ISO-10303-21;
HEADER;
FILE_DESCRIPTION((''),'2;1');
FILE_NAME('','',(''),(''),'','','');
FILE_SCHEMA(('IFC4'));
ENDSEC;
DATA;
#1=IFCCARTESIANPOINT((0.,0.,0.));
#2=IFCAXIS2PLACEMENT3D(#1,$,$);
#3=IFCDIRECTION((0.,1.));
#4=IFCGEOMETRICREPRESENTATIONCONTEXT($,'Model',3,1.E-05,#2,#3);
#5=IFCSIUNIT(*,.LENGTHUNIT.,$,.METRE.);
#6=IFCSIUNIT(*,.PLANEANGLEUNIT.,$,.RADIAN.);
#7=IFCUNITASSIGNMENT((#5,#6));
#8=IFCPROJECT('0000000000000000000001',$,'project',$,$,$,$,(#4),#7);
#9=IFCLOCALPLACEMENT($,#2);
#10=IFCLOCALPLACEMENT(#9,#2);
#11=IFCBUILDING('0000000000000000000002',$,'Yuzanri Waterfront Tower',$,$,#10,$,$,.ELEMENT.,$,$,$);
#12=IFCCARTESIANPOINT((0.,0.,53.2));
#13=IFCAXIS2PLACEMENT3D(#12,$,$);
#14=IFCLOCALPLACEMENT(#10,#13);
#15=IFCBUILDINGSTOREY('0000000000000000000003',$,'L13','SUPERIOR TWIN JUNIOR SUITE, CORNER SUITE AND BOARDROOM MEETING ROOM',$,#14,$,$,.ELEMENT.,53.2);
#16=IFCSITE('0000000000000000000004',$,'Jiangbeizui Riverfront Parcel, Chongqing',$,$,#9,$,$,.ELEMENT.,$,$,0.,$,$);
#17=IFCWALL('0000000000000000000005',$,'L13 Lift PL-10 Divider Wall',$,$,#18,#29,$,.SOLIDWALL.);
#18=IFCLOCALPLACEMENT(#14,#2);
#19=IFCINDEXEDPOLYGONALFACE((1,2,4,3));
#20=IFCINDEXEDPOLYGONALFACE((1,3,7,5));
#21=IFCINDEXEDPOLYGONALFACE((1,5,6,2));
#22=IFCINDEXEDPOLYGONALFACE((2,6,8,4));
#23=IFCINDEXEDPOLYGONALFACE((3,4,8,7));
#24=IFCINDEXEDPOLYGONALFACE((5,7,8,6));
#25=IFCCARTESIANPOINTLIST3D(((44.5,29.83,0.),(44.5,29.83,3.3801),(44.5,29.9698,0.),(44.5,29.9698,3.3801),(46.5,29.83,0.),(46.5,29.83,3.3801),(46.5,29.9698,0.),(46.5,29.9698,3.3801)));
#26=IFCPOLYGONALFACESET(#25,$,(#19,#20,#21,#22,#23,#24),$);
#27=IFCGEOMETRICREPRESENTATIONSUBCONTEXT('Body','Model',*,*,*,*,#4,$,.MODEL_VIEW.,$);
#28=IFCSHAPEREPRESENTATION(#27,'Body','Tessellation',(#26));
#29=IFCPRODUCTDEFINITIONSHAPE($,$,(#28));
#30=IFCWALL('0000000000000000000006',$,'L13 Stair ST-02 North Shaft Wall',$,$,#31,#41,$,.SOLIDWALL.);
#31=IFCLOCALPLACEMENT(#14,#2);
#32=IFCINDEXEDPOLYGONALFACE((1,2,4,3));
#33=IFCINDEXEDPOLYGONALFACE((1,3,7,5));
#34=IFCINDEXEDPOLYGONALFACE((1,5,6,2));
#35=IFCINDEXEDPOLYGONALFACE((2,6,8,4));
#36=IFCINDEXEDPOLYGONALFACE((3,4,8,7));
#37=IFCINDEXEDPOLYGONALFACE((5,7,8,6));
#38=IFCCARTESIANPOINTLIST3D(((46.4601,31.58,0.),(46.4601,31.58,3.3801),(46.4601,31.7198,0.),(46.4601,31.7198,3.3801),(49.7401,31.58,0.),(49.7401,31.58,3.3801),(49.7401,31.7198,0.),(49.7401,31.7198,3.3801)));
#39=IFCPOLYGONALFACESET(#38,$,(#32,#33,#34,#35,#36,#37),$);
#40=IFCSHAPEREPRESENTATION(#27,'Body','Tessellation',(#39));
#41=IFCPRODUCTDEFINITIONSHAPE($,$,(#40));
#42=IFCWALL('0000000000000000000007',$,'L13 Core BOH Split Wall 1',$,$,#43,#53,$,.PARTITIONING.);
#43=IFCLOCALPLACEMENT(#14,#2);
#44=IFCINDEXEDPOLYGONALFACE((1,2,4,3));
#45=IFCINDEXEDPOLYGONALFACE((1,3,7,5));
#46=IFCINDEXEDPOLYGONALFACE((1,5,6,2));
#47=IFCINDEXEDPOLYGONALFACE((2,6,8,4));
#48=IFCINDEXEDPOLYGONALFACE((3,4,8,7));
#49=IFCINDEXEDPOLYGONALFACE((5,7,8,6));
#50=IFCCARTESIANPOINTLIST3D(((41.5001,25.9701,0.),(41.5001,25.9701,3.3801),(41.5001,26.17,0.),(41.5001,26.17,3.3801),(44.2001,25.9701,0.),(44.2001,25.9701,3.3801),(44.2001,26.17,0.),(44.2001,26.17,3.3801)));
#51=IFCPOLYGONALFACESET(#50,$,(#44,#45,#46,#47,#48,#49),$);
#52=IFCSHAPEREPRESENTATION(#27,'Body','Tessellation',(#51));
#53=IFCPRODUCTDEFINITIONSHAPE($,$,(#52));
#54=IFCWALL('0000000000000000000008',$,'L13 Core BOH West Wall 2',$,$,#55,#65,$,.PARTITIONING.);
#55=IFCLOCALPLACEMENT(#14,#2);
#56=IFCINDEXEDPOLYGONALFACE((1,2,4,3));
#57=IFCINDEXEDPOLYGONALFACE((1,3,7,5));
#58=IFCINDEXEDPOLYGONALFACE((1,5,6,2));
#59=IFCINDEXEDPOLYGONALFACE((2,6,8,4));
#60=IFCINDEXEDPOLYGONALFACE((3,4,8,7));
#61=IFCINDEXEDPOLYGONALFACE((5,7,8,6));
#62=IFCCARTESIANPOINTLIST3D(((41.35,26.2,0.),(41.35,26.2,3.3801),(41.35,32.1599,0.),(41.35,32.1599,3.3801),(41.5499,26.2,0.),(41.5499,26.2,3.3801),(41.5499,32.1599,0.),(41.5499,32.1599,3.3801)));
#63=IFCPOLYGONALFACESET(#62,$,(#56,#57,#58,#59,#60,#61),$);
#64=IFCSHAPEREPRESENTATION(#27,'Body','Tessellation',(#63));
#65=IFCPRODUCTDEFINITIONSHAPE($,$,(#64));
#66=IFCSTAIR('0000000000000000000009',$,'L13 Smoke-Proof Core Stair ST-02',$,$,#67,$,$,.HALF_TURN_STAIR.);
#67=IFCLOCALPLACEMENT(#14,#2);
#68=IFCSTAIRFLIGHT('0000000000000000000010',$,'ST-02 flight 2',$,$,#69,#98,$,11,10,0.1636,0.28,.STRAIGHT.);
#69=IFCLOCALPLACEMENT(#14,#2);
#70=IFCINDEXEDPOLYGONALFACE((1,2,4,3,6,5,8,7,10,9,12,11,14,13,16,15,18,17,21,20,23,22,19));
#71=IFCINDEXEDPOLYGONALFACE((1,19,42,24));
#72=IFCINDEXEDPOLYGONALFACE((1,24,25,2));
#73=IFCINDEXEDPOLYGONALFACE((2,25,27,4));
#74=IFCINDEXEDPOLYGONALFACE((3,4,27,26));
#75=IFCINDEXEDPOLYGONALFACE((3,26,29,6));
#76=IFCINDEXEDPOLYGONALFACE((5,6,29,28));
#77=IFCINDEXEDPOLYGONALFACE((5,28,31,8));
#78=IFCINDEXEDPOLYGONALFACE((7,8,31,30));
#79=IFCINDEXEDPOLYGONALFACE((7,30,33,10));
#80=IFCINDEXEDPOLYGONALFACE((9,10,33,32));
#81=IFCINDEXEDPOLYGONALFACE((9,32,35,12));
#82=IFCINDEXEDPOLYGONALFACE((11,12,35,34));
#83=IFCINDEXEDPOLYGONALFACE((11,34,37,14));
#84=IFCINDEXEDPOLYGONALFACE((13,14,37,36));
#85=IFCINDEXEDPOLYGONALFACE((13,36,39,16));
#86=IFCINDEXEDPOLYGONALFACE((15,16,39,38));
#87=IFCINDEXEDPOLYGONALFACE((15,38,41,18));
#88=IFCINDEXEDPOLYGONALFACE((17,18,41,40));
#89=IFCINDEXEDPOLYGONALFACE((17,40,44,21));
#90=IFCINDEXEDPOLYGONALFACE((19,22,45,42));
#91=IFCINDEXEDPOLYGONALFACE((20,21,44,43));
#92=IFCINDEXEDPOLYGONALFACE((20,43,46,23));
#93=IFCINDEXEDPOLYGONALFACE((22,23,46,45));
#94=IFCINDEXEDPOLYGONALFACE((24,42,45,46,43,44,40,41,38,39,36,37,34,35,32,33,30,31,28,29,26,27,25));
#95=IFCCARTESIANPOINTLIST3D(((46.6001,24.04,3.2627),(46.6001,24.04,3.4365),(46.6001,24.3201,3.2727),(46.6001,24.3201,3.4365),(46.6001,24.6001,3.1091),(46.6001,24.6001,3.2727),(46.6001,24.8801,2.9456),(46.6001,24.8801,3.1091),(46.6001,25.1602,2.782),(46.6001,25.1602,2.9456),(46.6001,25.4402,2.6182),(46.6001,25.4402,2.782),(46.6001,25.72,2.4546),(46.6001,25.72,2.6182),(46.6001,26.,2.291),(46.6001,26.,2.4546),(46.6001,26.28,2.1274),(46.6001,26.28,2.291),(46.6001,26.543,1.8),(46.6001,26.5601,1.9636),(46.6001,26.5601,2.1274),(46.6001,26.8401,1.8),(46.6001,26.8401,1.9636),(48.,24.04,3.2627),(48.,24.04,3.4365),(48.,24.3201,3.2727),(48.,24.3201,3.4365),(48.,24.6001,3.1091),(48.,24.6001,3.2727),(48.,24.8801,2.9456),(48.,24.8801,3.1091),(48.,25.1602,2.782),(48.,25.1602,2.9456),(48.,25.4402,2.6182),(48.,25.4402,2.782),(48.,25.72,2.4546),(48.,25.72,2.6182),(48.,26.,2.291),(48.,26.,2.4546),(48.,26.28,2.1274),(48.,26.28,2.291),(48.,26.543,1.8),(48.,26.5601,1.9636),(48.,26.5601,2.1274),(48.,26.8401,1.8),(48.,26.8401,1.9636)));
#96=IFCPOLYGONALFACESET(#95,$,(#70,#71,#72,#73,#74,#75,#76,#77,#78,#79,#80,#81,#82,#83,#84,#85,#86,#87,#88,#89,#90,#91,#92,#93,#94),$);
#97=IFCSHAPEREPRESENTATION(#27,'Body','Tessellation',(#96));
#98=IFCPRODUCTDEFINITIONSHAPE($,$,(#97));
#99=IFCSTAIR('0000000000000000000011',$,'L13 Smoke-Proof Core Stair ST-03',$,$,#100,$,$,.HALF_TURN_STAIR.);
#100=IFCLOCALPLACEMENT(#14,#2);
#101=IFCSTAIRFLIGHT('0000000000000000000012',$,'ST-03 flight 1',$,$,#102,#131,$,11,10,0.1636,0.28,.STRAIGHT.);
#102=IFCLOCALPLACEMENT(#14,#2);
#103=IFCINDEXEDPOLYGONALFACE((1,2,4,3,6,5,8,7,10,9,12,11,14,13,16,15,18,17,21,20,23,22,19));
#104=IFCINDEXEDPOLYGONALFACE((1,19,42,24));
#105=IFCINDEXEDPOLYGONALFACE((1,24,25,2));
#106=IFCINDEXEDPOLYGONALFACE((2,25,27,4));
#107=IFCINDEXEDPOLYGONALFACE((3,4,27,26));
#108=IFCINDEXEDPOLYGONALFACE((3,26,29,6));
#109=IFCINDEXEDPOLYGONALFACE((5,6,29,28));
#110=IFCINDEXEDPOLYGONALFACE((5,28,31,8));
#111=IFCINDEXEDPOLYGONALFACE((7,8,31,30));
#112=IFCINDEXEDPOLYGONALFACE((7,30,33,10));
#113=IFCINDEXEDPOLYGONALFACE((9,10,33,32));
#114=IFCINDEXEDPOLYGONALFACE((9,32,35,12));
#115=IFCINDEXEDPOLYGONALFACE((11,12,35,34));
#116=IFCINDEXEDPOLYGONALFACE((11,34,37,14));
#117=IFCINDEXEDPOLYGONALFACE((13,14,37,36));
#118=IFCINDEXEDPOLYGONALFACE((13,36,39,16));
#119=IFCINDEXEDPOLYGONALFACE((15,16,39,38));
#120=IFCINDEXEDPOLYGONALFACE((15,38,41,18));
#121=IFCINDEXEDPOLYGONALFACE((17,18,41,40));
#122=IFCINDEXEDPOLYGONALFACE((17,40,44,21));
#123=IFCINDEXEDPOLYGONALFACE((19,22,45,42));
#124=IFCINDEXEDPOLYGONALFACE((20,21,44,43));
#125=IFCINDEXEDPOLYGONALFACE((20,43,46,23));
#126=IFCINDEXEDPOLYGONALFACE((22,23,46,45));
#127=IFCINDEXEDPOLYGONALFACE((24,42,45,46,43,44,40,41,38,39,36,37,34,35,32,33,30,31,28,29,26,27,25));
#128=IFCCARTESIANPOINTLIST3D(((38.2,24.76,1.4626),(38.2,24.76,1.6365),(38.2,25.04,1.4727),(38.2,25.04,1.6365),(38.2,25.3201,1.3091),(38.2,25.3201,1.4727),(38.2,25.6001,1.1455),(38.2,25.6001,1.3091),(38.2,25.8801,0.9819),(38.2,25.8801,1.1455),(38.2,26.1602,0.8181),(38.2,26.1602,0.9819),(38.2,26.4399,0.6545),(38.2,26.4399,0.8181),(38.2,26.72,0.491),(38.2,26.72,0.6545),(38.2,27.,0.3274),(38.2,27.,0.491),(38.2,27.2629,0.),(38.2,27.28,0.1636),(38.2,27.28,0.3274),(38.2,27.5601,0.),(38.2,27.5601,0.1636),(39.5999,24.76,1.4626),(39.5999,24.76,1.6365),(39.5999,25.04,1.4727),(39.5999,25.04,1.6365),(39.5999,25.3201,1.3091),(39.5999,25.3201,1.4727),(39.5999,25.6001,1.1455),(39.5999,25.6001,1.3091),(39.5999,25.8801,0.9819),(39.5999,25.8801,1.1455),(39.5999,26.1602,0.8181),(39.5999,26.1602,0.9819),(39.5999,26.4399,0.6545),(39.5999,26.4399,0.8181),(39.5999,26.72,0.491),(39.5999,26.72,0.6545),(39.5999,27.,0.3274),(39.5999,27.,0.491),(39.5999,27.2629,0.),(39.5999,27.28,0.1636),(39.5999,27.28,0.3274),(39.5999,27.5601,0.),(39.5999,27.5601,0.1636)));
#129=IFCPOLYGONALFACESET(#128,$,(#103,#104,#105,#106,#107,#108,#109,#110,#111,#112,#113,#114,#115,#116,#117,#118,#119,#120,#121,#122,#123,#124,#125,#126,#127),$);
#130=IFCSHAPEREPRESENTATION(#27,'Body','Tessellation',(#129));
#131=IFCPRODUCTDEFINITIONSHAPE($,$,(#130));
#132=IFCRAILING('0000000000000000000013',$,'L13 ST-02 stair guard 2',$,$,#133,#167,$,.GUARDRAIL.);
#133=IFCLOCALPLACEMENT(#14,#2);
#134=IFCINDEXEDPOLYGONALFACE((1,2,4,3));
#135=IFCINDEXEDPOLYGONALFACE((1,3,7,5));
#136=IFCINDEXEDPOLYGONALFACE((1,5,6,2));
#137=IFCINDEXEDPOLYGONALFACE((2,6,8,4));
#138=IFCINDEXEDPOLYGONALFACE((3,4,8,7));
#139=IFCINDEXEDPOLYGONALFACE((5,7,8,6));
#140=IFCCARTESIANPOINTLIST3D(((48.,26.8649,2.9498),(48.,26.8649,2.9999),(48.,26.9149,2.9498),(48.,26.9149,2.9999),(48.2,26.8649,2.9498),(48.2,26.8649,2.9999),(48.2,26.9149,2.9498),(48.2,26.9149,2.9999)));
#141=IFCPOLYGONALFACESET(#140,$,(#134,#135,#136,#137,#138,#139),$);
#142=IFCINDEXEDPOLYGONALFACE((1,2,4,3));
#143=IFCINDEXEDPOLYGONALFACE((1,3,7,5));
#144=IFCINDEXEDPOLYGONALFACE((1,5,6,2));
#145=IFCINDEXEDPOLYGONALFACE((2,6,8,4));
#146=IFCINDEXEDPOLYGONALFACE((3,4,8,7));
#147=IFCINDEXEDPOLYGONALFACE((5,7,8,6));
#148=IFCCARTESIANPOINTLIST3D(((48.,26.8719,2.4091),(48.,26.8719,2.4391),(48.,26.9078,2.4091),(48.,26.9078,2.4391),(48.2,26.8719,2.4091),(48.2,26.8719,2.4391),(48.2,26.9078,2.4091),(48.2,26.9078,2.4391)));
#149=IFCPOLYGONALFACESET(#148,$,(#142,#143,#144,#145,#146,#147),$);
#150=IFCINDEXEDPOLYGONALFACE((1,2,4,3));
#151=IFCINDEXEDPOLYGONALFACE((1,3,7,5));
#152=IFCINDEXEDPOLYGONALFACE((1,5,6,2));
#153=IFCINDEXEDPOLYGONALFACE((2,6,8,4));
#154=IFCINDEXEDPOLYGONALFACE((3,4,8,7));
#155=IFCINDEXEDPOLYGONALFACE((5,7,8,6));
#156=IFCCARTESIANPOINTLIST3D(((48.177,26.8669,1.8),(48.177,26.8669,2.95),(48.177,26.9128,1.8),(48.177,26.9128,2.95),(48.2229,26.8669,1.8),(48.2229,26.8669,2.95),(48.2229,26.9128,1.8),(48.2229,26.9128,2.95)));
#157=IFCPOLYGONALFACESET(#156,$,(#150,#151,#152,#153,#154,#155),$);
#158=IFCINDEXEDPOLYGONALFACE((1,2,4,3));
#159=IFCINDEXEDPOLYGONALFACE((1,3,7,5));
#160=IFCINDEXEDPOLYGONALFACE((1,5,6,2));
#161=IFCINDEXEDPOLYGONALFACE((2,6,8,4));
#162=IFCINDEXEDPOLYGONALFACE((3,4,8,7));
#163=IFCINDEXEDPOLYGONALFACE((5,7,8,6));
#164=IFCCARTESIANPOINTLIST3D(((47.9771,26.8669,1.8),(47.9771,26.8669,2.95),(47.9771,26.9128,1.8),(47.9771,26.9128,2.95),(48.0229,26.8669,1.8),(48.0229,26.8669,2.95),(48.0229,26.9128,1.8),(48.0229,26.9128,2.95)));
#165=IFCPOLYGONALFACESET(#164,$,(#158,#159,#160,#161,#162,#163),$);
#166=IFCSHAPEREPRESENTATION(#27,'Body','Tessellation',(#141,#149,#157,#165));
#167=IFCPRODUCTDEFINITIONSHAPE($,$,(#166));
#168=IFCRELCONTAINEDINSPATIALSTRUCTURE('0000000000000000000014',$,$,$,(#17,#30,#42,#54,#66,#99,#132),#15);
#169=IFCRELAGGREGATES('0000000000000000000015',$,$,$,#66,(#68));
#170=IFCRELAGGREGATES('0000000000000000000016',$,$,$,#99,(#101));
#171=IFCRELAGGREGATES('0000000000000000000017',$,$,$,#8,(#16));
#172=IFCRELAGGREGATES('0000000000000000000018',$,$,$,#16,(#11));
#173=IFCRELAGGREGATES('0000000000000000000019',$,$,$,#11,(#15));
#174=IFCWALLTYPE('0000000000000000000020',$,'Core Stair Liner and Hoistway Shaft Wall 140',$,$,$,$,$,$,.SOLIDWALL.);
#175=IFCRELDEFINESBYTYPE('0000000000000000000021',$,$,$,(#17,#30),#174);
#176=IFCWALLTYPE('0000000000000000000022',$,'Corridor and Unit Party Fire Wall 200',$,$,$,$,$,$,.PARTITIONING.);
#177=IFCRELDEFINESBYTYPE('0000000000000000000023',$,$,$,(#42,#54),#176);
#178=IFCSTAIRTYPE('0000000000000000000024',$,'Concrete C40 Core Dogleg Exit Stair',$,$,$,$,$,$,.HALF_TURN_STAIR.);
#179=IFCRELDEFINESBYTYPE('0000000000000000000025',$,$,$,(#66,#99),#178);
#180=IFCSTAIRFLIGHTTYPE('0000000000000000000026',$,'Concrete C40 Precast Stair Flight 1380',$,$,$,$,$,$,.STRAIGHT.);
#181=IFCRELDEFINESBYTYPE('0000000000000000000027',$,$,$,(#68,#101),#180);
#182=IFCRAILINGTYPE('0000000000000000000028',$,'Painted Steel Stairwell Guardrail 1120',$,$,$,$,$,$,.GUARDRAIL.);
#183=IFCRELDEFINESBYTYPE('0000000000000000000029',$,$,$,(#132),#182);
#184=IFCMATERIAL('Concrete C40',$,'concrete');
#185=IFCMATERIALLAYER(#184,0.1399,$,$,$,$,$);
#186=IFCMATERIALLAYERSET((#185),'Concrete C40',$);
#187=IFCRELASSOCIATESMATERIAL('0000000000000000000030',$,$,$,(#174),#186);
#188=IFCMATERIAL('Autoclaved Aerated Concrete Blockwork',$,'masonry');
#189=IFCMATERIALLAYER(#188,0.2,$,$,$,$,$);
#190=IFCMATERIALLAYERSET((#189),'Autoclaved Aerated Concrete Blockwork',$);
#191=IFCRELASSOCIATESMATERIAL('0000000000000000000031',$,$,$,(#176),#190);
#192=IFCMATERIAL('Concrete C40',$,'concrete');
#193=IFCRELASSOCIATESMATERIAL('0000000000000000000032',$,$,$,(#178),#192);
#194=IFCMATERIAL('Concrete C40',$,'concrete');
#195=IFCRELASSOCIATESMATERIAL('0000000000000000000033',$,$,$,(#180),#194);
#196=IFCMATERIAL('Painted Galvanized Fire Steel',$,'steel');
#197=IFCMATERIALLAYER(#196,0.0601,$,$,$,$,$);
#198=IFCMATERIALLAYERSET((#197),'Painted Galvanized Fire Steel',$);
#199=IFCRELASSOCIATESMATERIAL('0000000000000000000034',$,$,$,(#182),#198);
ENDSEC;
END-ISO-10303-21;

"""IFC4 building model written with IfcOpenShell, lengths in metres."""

from ifc_helpers import new_model, si_unit, direction, frame, frame_2d, origin, origin_2d, place, context, subcontext, project, spatial, polyline, rectangle, outline, extrude, source, transform, mapped, material, layer, layer_set, type_object, element, aggregate, save


model = new_model("IFC4")

# Units and contexts
model_context = context("Model", 3, precision=1e-05, world=origin(), true_north=direction((0.0, 1.0)))
body_context = subcontext(model_context, "Body", "Model", "MODEL_VIEW")
ifc_project = project(units=[si_unit("LENGTHUNIT", "METRE"), si_unit("PLANEANGLEUNIT", "RADIAN")], contexts=[model_context])

# Site, building, storey
site_placement = place(None, origin())
site = spatial("IfcSite", under=ifc_project, at=site_placement, Name="Jiangbeizui Riverfront Parcel, Chongqing", CompositionType="ELEMENT", RefElevation=0.0)
building_placement = place(site_placement, origin())
building = spatial("IfcBuilding", under=site, at=building_placement, Name="Yuzanri Waterfront Tower", CompositionType="ELEMENT")
storey_placement = place(building_placement, frame((0.0, 0.0, 53.2)))
storey = spatial("IfcBuildingStorey", under=building, at=storey_placement, Name="L13", Description="SUPERIOR TWIN JUNIOR SUITE, CORNER SUITE AND BOARDROOM MEETING ROOM", CompositionType="ELEMENT", Elevation=53.2)

# Shared definitions
ifc_material_1 = material(Name="Concrete C40", Category="concrete")
ifc_layer_1 = layer(ifc_material_1, 0.1399)
ifc_layer_set_1 = layer_set([ifc_layer_1], Name="Concrete C40")
wall_type_1 = type_object("IfcWallType", Name="Core Stair Liner and Hoistway Shaft Wall 140", PredefinedType="SOLIDWALL", material=ifc_layer_set_1)

# Walls
shared_shape_1 = source(origin(), body_context, "Body", "SweptSolid", [
    extrude(rectangle(XDim=2.0, YDim=0.1399, at=frame_2d((1.0, 0.0))), origin(), (0.0, 0.0, 1.0), 3.3801),
])
for number, where, z_axis, x_axis, name in (
    (1, (44.5, 29.8999, 0.0), (0.0, 0.0, 1.0), (1.0, 0.0, 0.0), "L13 Lift PL-10 Divider Wall"),
):
    element("IfcWall", number, at=place(storey_placement, frame(where, z_axis=z_axis, x_axis=x_axis)), inside=storey, type_object=wall_type_1, Name=name, PredefinedType="SOLIDWALL", context=body_context, shape_type="MappedRepresentation", body=[
        mapped(shared_shape_1, transform((0.0, 0.0, 0.0), scale=1.0)),
    ])
shared_shape_2 = source(origin(), body_context, "Body", "SweptSolid", [
    extrude(rectangle(XDim=3.28, YDim=0.1399, at=frame_2d((1.6401, 0.0))), origin(), (0.0, 0.0, 1.0), 3.3801),
])
wall_1_placement = place(storey_placement, frame((46.46, 31.6499, 0.0), z_axis=(0.0, 0.0, 1.0), x_axis=(1.0, 0.0, 0.0)))
element("IfcWall", 2, at=wall_1_placement, inside=storey, type_object=wall_type_1, Name="L13 Stair ST-02 North Shaft Wall", PredefinedType="SOLIDWALL", context=body_context, shape_type="MappedRepresentation", body=[
    mapped(shared_shape_2, transform((0.0, 0.0, 0.0), scale=1.0)),
])
ifc_material_2 = material(Name="Autoclaved Aerated Concrete Blockwork", Category="masonry")
ifc_layer_2 = layer(ifc_material_2, 0.2)
ifc_layer_set_2 = layer_set([ifc_layer_2], Name="Autoclaved Aerated Concrete Blockwork")
wall_type_2 = type_object("IfcWallType", Name="Corridor and Unit Party Fire Wall 200", PredefinedType="PARTITIONING", material=ifc_layer_set_2)
shared_shape_3 = source(origin(), body_context, "Body", "SweptSolid", [
    extrude(rectangle(XDim=2.7, YDim=0.2, at=frame_2d((1.3501, 0.0))), origin(), (0.0, 0.0, 1.0), 3.3801),
])
wall_2_placement = place(storey_placement, frame((41.5, 26.0701, 0.0), z_axis=(0.0, 0.0, 1.0), x_axis=(1.0, 0.0, 0.0)))
element("IfcWall", 3, at=wall_2_placement, inside=storey, type_object=wall_type_2, Name="L13 Core BOH Split Wall 1", PredefinedType="PARTITIONING", context=body_context, shape_type="MappedRepresentation", body=[
    mapped(shared_shape_3, transform((0.0, 0.0, 0.0), scale=1.0)),
])
shared_shape_4 = source(origin(), body_context, "Body", "SweptSolid", [
    extrude(rectangle(XDim=5.96, YDim=0.2, at=frame_2d((2.98, 0.0))), origin(), (0.0, 0.0, 1.0), 3.3801),
])
wall_3_placement = place(storey_placement, frame((41.45, 26.2, 0.0), z_axis=(0.0, 0.0, 1.0), x_axis=(0.0, 1.0, 0.0)))
element("IfcWall", 4, at=wall_3_placement, inside=storey, type_object=wall_type_2, Name="L13 Core BOH West Wall 2", PredefinedType="PARTITIONING", context=body_context, shape_type="MappedRepresentation", body=[
    mapped(shared_shape_4, transform((0.0, 0.0, 0.0), scale=1.0)),
])

# Stairs, stair flights
ifc_material_3 = material(Name="Concrete C40", Category="concrete")
stair_type = type_object("IfcStairType", Name="Concrete C40 Core Dogleg Exit Stair", PredefinedType="HALF_TURN_STAIR", material=ifc_material_3)
stair_1_placement = place(storey_placement, origin())
stair_1 = element("IfcStair", 5, at=stair_1_placement, inside=storey, type_object=stair_type, Name="L13 Smoke-Proof Core Stair ST-02", PredefinedType="HALF_TURN_STAIR")
ifc_material_4 = material(Name="Concrete C40", Category="concrete")
stair_flight_type = type_object("IfcStairFlightType", Name="Concrete C40 Precast Stair Flight 1380", PredefinedType="STRAIGHT", material=ifc_material_4)
shared_shape_5 = source(origin(), body_context, "Body", "SweptSolid", [
    extrude(outline(polyline([(0.0, 0.0), (0.0, 0.1636), (0.28, 0.1636), (0.28, 0.3274), (0.5601, 0.3274), (0.5601, 0.491), (0.8401, 0.491), (0.8401, 0.6545), (1.1201, 0.6545), (1.1201, 0.8181), (1.3999, 0.8181), (1.3999, 0.9819), (1.6799, 0.9819), (1.6799, 1.1455), (1.96, 1.1455), (1.96, 1.3091), (2.24, 1.3091), (2.24, 1.4727), (2.52, 1.4727), (2.52, 1.6365), (2.8, 1.6365), (2.8, 1.8), (2.8, 1.4626), (0.2971, 0.0), (0.0, 0.0)])), frame((0.0, 0.7, 0.0), z_axis=(0.0, -1.0, 0.0), x_axis=(1.0, 0.0, 0.0)), (0.0, 0.0, 1.0), 1.3999),
])
stair_flight_1_placement = place(storey_placement, frame((47.3, 26.8401, 1.8), z_axis=(0.0, 0.0, 1.0), x_axis=(0.0, -1.0, 0.0)))
stair_flight_1 = element("IfcStairFlight", 6, at=stair_flight_1_placement, type_object=stair_flight_type, Name="ST-02 flight 2", NumberOfRisers=11, NumberOfTreads=10, PredefinedType="STRAIGHT", RiserHeight=0.1636, TreadLength=0.28, context=body_context, shape_type="MappedRepresentation", body=[
    mapped(shared_shape_5, transform((0.0, 0.0, 0.0), scale=1.0)),
])
aggregate(stair_1, [stair_flight_1])
stair_2_placement = place(storey_placement, origin())
stair_2 = element("IfcStair", 7, at=stair_2_placement, inside=storey, type_object=stair_type, Name="L13 Smoke-Proof Core Stair ST-03", PredefinedType="HALF_TURN_STAIR")
stair_flight_2_placement = place(storey_placement, frame((38.8999, 27.5601, 0.0), z_axis=(0.0, 0.0, 1.0), x_axis=(0.0, -1.0, 0.0)))
stair_flight_2 = element("IfcStairFlight", 8, at=stair_flight_2_placement, type_object=stair_flight_type, Name="ST-03 flight 1", NumberOfRisers=11, NumberOfTreads=10, PredefinedType="STRAIGHT", RiserHeight=0.1636, TreadLength=0.28, context=body_context, shape_type="MappedRepresentation", body=[
    mapped(shared_shape_5, transform((0.0, 0.0, 0.0), scale=1.0)),
])
aggregate(stair_2, [stair_flight_2])

# Railing
ifc_material_5 = material(Name="Painted Galvanized Fire Steel", Category="steel")
ifc_layer_3 = layer(ifc_material_5, 0.0601)
ifc_layer_set_3 = layer_set([ifc_layer_3], Name="Painted Galvanized Fire Steel")
railing_type_1 = type_object("IfcRailingType", Name="Painted Steel Stairwell Guardrail 1120", PredefinedType="GUARDRAIL", material=ifc_layer_set_3)
shared_shape_6 = source(origin(), body_context, "Body", "SweptSolid", [
    extrude(rectangle(XDim=0.05, YDim=0.05, at=origin_2d()), frame((0.0, 0.0, 1.1748), z_axis=(-1.0, 0.0, 0.0), x_axis=(0.0, -1.0, 0.0)), (0.0, 0.0, 1.0), 0.2),
    extrude(rectangle(XDim=0.0359, YDim=0.03, at=origin_2d()), frame((0.0, 0.0, 0.624), z_axis=(-1.0, 0.0, 0.0), x_axis=(0.0, -1.0, 0.0)), (0.0, 0.0, 1.0), 0.2),
    extrude(rectangle(XDim=0.0459, YDim=0.0459, at=origin_2d()), origin(), (0.0, 0.0, 1.0), 1.1499),
    extrude(rectangle(XDim=0.0459, YDim=0.0459, at=origin_2d()), frame((-0.2, 0.0, 0.0)), (0.0, 0.0, 1.0), 1.1499),
])
railing_1_placement = place(storey_placement, frame((48.2, 26.8899, 1.8)))
element("IfcRailing", 9, at=railing_1_placement, inside=storey, type_object=railing_type_1, Name="L13 ST-02 stair guard 2", PredefinedType="GUARDRAIL", context=body_context, shape_type="MappedRepresentation", body=[
    mapped(shared_shape_6, transform((0.0, 0.0, 0.0), scale=1.0)),
])

save(model, "model.ifc")
